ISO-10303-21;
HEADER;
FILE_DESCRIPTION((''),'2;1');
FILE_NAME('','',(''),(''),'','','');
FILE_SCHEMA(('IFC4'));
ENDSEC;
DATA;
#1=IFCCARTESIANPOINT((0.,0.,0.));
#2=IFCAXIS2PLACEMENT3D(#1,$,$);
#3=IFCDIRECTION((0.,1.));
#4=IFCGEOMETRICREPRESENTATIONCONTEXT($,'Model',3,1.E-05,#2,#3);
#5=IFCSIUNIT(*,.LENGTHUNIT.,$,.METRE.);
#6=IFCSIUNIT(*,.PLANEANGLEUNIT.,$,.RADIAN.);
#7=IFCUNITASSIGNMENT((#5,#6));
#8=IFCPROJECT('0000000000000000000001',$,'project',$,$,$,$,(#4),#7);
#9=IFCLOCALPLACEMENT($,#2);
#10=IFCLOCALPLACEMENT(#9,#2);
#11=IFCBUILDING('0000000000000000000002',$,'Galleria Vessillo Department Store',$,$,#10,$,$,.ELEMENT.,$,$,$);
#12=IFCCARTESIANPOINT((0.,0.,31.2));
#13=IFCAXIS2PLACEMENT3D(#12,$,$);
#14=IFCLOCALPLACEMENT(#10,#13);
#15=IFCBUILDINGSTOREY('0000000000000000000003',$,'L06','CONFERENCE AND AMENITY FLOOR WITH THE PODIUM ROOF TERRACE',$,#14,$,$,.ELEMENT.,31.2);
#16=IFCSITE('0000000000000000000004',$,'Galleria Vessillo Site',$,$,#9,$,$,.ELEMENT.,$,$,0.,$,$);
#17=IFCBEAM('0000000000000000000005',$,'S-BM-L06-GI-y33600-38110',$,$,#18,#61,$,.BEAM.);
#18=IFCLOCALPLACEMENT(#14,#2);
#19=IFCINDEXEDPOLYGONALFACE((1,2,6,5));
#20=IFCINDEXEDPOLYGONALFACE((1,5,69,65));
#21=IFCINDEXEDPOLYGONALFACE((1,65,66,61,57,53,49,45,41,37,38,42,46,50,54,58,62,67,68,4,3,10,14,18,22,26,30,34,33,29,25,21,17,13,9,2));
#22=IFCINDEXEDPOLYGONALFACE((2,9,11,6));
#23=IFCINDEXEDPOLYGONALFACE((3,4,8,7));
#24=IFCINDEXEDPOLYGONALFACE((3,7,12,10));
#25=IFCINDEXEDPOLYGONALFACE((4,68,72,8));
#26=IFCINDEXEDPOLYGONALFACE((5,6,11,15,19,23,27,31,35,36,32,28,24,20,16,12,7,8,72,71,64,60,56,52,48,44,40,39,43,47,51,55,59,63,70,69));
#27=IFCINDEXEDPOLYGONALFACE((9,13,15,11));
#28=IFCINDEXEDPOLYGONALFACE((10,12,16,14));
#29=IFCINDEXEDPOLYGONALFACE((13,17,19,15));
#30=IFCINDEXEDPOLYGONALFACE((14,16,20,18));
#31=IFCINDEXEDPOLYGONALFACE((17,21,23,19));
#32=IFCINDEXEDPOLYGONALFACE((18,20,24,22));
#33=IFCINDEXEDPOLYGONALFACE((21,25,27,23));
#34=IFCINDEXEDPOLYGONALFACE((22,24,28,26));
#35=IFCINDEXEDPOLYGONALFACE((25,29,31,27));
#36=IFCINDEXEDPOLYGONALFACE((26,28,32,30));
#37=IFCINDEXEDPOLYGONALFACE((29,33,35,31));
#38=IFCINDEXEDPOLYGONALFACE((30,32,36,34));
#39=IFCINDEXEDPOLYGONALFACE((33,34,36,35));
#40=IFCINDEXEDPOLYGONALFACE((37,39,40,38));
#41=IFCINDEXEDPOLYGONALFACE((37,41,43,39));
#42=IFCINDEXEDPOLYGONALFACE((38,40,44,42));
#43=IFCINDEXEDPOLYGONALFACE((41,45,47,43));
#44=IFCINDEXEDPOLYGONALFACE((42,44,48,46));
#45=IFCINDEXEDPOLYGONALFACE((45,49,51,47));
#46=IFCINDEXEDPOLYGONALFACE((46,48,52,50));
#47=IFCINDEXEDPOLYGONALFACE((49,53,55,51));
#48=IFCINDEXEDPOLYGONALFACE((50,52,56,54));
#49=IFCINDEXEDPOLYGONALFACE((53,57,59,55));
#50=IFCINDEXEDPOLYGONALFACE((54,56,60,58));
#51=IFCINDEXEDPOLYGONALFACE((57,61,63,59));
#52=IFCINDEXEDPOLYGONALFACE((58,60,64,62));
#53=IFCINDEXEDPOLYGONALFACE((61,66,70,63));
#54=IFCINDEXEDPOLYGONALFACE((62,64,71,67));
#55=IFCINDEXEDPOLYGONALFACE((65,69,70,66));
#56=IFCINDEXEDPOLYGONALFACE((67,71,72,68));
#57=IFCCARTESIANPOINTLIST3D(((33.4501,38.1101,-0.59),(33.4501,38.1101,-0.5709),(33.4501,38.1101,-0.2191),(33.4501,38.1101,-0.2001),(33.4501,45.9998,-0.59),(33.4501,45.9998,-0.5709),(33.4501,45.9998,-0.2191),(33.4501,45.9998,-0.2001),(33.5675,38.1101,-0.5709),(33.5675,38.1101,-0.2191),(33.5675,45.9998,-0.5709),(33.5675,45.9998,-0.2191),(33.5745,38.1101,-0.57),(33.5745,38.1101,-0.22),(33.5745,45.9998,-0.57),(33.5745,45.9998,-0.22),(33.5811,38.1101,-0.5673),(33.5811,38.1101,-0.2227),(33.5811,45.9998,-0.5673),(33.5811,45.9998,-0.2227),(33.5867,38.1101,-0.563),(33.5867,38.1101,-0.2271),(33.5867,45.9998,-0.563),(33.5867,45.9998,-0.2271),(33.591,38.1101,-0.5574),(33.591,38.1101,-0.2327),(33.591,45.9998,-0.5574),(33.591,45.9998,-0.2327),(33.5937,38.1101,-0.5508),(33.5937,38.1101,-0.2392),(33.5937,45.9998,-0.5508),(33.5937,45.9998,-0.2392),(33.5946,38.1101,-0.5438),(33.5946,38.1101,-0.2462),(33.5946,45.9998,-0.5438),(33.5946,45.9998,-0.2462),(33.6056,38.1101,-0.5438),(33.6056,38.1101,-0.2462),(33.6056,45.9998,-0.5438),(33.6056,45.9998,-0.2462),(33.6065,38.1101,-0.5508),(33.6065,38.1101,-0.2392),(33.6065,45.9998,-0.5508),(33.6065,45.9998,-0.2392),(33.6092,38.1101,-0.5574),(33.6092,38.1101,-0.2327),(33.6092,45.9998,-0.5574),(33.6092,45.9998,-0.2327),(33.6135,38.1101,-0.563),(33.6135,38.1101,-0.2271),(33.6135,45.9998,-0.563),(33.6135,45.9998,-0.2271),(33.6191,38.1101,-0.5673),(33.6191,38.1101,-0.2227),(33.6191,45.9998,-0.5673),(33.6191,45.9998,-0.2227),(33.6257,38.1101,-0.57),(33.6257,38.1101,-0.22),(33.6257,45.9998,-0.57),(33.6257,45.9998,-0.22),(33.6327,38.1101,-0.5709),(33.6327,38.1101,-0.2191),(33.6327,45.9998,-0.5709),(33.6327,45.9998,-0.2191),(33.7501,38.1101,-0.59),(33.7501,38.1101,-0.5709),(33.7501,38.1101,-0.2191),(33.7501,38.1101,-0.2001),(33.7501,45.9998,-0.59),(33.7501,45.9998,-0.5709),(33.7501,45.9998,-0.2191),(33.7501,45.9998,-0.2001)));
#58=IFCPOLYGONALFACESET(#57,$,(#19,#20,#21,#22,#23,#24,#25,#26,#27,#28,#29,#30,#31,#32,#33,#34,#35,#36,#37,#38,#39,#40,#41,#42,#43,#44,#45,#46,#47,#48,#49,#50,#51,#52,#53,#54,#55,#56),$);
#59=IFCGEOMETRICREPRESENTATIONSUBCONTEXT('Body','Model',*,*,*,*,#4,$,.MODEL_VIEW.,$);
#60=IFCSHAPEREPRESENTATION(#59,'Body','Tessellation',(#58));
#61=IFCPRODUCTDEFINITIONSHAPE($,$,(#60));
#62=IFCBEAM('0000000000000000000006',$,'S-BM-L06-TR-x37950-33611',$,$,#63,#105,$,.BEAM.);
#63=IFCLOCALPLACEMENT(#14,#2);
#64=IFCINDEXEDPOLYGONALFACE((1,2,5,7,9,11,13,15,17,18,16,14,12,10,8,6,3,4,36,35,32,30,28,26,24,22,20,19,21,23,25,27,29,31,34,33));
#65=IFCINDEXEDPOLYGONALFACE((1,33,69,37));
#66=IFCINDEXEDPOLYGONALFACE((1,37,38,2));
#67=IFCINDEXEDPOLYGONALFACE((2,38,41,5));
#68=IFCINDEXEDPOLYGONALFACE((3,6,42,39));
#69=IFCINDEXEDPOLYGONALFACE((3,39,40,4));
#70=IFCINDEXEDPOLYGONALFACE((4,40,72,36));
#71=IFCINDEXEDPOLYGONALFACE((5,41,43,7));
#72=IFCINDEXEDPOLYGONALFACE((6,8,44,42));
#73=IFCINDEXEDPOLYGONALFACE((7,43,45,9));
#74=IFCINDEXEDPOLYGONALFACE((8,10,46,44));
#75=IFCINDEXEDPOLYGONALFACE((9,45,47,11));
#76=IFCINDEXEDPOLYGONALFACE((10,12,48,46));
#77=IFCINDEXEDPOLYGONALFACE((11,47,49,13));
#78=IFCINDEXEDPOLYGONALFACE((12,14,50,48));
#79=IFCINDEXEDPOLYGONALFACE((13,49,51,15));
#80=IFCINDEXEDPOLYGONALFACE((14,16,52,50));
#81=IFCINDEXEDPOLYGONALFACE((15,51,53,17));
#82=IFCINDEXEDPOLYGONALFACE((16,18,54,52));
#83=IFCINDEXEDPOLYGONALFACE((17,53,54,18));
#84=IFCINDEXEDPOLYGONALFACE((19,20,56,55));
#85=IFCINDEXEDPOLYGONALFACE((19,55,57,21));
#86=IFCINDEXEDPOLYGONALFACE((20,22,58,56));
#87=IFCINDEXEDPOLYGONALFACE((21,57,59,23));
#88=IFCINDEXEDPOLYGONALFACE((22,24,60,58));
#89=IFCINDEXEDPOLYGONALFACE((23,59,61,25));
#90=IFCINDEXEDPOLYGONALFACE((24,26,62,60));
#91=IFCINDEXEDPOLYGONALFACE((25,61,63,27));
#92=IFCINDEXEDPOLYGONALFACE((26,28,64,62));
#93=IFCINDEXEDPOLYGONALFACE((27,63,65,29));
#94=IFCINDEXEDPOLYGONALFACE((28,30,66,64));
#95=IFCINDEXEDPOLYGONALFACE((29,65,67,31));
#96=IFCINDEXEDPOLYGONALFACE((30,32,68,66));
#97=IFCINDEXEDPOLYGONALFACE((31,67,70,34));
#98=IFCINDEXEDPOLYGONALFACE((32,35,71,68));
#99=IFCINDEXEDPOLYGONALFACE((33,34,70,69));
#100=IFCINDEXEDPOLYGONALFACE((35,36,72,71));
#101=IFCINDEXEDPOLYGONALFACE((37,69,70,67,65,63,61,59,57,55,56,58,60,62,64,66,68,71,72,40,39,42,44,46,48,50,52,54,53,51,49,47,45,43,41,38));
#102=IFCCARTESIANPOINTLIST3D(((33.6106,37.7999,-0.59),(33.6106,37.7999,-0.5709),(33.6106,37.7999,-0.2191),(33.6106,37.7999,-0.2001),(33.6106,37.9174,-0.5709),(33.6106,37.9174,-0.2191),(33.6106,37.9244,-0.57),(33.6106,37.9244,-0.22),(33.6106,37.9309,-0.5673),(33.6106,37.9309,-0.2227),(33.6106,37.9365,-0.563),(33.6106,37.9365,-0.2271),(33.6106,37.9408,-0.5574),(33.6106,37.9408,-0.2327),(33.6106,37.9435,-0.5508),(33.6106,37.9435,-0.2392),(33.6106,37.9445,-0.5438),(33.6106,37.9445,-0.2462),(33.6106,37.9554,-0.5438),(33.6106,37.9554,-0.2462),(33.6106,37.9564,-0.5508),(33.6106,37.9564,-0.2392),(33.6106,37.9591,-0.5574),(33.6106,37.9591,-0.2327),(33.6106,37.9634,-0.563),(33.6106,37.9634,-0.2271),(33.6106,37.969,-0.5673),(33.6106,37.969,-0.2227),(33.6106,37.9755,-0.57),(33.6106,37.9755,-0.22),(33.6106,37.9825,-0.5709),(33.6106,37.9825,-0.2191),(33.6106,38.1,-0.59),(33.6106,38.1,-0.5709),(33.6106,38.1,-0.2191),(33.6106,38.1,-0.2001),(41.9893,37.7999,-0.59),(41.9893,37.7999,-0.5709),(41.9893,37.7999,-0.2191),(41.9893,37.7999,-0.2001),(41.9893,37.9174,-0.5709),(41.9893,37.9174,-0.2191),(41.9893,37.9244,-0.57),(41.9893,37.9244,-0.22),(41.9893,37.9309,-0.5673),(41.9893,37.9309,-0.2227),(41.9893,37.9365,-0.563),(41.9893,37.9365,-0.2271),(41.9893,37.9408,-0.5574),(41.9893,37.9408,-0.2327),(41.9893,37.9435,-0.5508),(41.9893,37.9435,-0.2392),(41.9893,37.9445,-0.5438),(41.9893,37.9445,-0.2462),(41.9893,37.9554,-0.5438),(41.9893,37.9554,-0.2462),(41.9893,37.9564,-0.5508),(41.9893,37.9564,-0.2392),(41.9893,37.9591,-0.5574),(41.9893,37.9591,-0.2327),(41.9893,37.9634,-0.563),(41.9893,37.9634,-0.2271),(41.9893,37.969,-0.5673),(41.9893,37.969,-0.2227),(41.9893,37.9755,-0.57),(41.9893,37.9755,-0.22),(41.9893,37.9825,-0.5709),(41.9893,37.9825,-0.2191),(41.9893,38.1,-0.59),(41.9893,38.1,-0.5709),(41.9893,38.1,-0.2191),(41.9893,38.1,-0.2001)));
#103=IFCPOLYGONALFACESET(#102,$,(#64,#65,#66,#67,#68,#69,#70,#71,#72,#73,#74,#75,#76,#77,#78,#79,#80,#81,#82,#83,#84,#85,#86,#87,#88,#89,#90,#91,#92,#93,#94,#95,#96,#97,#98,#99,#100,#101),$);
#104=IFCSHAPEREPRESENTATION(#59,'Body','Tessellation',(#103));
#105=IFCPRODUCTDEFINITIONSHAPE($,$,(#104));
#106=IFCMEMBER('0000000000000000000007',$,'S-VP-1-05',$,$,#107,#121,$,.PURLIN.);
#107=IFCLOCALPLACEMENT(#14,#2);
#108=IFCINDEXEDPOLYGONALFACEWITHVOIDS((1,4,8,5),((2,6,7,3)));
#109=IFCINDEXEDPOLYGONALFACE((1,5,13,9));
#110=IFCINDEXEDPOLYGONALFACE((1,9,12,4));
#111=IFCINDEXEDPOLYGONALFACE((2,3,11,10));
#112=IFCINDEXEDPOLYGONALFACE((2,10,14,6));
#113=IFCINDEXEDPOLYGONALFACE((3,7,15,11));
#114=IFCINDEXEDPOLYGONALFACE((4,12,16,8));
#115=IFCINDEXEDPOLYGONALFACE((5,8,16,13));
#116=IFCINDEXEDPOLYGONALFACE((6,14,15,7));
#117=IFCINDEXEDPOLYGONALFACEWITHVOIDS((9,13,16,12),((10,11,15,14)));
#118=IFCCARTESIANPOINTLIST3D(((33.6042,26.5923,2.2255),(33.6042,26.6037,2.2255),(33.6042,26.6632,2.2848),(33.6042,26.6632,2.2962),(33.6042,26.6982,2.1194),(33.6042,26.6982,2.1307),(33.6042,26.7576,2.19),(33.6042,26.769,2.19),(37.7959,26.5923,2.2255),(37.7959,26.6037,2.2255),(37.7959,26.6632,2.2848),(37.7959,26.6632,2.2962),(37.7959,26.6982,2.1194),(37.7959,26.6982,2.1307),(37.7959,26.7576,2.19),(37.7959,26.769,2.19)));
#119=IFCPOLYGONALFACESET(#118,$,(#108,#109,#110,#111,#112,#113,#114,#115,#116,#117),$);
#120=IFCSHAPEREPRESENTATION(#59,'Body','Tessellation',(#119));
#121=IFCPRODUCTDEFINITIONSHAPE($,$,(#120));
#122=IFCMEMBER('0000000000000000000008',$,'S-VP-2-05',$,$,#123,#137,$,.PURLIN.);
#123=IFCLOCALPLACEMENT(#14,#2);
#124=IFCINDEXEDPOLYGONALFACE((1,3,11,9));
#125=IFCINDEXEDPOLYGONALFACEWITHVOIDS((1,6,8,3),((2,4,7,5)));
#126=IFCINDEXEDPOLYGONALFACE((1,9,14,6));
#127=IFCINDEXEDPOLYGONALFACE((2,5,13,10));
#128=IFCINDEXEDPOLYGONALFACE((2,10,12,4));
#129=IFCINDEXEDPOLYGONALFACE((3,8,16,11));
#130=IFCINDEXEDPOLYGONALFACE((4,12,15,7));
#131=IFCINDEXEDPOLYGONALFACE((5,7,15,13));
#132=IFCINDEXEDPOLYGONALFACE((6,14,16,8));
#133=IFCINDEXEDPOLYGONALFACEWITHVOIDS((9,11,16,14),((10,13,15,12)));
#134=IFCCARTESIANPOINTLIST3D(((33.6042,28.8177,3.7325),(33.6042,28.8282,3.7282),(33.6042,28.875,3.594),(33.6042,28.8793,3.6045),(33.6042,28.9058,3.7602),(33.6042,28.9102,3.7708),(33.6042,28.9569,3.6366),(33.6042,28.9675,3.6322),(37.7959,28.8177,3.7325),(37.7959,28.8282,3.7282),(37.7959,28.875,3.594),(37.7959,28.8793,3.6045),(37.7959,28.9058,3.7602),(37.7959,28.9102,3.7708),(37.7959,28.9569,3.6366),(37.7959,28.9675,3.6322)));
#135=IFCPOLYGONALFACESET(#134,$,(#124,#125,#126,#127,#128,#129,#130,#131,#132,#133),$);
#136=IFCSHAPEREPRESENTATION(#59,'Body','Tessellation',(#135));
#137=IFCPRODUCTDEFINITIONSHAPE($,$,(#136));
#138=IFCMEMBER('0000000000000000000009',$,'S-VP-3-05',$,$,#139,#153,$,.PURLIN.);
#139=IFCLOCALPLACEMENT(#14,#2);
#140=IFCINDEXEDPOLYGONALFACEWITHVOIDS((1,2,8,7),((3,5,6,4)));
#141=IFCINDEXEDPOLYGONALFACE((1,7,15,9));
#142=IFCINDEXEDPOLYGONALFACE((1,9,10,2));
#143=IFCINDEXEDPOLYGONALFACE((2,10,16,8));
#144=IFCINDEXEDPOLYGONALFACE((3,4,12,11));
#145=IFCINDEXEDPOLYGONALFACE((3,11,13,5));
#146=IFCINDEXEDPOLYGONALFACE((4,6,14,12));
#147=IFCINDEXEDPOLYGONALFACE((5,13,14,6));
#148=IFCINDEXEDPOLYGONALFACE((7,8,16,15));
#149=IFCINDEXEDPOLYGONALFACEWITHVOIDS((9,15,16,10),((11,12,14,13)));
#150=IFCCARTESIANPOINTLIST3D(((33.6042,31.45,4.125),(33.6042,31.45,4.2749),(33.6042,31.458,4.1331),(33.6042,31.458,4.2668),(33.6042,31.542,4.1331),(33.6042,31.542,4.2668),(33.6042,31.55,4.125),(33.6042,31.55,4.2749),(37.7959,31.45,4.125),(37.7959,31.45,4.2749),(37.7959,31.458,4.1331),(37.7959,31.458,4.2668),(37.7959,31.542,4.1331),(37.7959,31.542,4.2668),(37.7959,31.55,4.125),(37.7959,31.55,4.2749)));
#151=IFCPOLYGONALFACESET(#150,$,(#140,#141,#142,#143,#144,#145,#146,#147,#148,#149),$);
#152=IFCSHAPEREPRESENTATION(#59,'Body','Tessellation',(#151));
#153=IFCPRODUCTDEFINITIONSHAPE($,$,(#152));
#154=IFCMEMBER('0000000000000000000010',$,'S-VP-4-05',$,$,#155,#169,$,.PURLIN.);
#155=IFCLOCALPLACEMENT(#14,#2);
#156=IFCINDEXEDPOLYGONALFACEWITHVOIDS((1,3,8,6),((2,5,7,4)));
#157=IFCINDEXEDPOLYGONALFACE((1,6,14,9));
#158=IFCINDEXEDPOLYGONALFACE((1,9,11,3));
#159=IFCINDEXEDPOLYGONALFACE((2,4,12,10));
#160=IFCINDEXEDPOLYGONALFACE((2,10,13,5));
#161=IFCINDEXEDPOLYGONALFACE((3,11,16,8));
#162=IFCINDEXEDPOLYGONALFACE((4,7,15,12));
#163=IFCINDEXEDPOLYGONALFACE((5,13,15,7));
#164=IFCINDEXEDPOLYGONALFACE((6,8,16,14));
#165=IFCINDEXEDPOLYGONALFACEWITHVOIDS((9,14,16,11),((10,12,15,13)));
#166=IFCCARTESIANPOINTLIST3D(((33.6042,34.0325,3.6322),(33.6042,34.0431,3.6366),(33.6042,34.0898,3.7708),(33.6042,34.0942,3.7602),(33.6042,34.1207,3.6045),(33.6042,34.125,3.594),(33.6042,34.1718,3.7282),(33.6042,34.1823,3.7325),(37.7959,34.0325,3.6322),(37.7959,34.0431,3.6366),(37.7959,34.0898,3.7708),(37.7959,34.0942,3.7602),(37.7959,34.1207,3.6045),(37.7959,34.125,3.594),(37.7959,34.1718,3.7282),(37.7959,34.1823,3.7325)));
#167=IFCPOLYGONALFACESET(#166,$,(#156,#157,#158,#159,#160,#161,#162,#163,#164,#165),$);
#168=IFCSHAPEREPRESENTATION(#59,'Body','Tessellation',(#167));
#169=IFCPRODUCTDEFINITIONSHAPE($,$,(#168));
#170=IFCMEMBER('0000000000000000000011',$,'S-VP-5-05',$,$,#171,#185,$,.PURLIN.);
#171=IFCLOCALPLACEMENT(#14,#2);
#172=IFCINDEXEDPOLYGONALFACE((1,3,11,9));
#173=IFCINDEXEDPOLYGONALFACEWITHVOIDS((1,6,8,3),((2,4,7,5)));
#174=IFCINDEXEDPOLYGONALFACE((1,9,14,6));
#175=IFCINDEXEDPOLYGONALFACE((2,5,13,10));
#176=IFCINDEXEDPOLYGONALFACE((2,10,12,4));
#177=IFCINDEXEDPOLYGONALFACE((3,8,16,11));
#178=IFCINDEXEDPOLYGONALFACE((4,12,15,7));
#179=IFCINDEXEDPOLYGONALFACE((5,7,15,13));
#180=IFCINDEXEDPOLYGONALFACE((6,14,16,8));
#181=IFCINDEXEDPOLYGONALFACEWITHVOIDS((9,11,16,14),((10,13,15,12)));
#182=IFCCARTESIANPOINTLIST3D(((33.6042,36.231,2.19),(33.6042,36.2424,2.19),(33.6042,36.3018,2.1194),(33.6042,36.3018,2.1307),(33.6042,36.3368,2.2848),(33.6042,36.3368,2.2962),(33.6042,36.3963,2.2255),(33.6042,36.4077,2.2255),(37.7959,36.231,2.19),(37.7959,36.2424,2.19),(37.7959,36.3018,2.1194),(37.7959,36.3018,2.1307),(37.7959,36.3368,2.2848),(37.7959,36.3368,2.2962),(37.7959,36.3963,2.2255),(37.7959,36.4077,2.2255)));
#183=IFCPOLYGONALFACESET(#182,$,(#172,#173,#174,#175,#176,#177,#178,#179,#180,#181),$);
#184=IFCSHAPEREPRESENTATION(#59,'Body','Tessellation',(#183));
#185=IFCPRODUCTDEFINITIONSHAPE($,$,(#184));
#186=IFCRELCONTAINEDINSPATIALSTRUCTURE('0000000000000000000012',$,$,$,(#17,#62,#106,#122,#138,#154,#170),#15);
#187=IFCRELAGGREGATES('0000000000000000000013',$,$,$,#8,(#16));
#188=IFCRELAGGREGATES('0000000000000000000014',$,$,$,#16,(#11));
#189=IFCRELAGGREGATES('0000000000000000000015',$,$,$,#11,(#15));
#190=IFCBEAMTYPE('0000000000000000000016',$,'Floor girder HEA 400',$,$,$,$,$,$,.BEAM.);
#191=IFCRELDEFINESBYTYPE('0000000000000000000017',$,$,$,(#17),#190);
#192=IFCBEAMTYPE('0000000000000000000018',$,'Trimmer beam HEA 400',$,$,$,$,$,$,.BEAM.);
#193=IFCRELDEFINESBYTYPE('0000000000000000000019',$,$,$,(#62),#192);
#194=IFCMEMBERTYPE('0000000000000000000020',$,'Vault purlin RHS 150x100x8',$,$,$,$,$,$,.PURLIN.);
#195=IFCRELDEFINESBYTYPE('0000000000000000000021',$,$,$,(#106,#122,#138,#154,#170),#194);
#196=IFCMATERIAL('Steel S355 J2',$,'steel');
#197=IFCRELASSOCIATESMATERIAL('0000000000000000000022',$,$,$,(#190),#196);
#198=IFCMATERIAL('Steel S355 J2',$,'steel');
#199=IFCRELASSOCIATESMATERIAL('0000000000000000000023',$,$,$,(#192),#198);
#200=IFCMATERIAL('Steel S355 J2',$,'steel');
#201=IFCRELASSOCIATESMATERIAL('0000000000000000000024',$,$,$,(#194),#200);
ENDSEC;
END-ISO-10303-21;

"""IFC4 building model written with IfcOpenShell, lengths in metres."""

from ifc_helpers import new_model, si_unit, direction, frame, origin, origin_2d, place, context, subcontext, project, spatial, hollow_rectangle, i_section, extrude, material, material_profile, profile_set, type_object, element, save


model = new_model("IFC4")

# Units and contexts
model_context = context("Model", 3, precision=1e-05, world=origin(), true_north=direction((0.0, 1.0)))
body_context = subcontext(model_context, "Body", "Model", "MODEL_VIEW")
ifc_project = project(units=[si_unit("LENGTHUNIT", "METRE"), si_unit("PLANEANGLEUNIT", "RADIAN")], contexts=[model_context])

# Site, building, storey
site_placement = place(None, origin())
site = spatial("IfcSite", under=ifc_project, at=site_placement, Name="Galleria Vessillo Site", CompositionType="ELEMENT", RefElevation=0.0)
building_placement = place(site_placement, origin())
building = spatial("IfcBuilding", under=site, at=building_placement, Name="Galleria Vessillo Department Store", CompositionType="ELEMENT")
storey_placement = place(building_placement, frame((0.0, 0.0, 31.2)))
storey = spatial("IfcBuildingStorey", under=building, at=storey_placement, Name="L06", Description="CONFERENCE AND AMENITY FLOOR WITH THE PODIUM ROOF TERRACE", CompositionType="ELEMENT", Elevation=31.2)

# Beams
ifc_material_1 = material(Name="Steel S355 J2", Category="steel")
ifc_material_profile_1 = material_profile(ifc_material_1, i_section(OverallWidth=0.3, OverallDepth=0.3899, WebThickness=0.011, FlangeThickness=0.019, FilletRadius=0.0271, at=origin_2d()), Name="HEA 400")
ifc_profile_set_1 = profile_set([ifc_material_profile_1], Name="Steel S355 J2")
beam_type_1 = type_object("IfcBeamType", Name="Floor girder HEA 400", PredefinedType="BEAM", material=ifc_profile_set_1)
beam_1_placement = place(storey_placement, frame((33.6001, 38.1101, -0.395), z_axis=(0.0, 1.0, 0.0), x_axis=(-1.0, 0.0, 0.0)))
element("IfcBeam", 1, at=beam_1_placement, inside=storey, type_object=beam_type_1, Name="S-BM-L06-GI-y33600-38110", PredefinedType="BEAM", context=body_context, shape_type="SweptSolid", body=[
    extrude(i_section(OverallWidth=0.3, OverallDepth=0.3899, WebThickness=0.011, FlangeThickness=0.019, FilletRadius=0.0271, at=origin_2d()), origin(), (0.0, 0.0, 1.0), 7.8896),
])
ifc_material_2 = material(Name="Steel S355 J2", Category="steel")
ifc_material_profile_2 = material_profile(ifc_material_2, i_section(OverallWidth=0.3, OverallDepth=0.3899, WebThickness=0.011, FlangeThickness=0.019, FilletRadius=0.0271, at=origin_2d()), Name="HEA 400")
ifc_profile_set_2 = profile_set([ifc_material_profile_2], Name="Steel S355 J2")
beam_type_2 = type_object("IfcBeamType", Name="Trimmer beam HEA 400", PredefinedType="BEAM", material=ifc_profile_set_2)
beam_2_placement = place(storey_placement, frame((33.6106, 37.95, -0.395), z_axis=(1.0, 0.0, 0.0), x_axis=(0.0, 1.0, 0.0)))
element("IfcBeam", 2, at=beam_2_placement, inside=storey, type_object=beam_type_2, Name="S-BM-L06-TR-x37950-33611", PredefinedType="BEAM", context=body_context, shape_type="SweptSolid", body=[
    extrude(i_section(OverallWidth=0.3, OverallDepth=0.3899, WebThickness=0.011, FlangeThickness=0.019, FilletRadius=0.0271, at=origin_2d()), origin(), (0.0, 0.0, 1.0), 8.3787),
])

# Members
ifc_material_3 = material(Name="Steel S355 J2", Category="steel")
ifc_material_profile_3 = material_profile(ifc_material_3, hollow_rectangle(XDim=0.1001, YDim=0.1499, WallThickness=0.0081, at=origin_2d()), Name="RHS 150x100x8")
ifc_profile_set_3 = profile_set([ifc_material_profile_3], Name="Steel S355 J2")
member_type_1 = type_object("IfcMemberType", Name="Vault purlin RHS 150x100x8", PredefinedType="PURLIN", material=ifc_profile_set_3)
for number, where, z_axis, x_axis, name in (
    (3, (33.6042, 26.6807, 2.2078), (1.0, 0.0, 0.0), (0.0, 0.708077, 0.706135), "S-VP-1-05"),
    (4, (33.6042, 28.8926, 3.6824), (1.0, 0.0, 0.0), (0.0, 0.924145, 0.382043), "S-VP-2-05"),
    (5, (33.6042, 31.5, 4.2), (1.0, 0.0, 0.0), (0.0, 1.0, 0.0), "S-VP-3-05"),
    (6, (33.6042, 34.1074, 3.6824), (1.0, 0.0, 0.0), (0.0, 0.924145, -0.382043), "S-VP-4-05"),
    (7, (33.6042, 36.3193, 2.2078), (1.0, 0.0, 0.0), (0.0, 0.708077, -0.706135), "S-VP-5-05"),
):
    element("IfcMember", number, at=place(storey_placement, frame(where, z_axis=z_axis, x_axis=x_axis)), inside=storey, type_object=member_type_1, Name=name, PredefinedType="PURLIN", context=body_context, shape_type="SweptSolid", body=[
        extrude(hollow_rectangle(XDim=0.1001, YDim=0.1499, WallThickness=0.0081, at=origin_2d()), origin(), (0.0, 0.0, 1.0), 4.1917),
    ])

save(model, "model.ifc")
